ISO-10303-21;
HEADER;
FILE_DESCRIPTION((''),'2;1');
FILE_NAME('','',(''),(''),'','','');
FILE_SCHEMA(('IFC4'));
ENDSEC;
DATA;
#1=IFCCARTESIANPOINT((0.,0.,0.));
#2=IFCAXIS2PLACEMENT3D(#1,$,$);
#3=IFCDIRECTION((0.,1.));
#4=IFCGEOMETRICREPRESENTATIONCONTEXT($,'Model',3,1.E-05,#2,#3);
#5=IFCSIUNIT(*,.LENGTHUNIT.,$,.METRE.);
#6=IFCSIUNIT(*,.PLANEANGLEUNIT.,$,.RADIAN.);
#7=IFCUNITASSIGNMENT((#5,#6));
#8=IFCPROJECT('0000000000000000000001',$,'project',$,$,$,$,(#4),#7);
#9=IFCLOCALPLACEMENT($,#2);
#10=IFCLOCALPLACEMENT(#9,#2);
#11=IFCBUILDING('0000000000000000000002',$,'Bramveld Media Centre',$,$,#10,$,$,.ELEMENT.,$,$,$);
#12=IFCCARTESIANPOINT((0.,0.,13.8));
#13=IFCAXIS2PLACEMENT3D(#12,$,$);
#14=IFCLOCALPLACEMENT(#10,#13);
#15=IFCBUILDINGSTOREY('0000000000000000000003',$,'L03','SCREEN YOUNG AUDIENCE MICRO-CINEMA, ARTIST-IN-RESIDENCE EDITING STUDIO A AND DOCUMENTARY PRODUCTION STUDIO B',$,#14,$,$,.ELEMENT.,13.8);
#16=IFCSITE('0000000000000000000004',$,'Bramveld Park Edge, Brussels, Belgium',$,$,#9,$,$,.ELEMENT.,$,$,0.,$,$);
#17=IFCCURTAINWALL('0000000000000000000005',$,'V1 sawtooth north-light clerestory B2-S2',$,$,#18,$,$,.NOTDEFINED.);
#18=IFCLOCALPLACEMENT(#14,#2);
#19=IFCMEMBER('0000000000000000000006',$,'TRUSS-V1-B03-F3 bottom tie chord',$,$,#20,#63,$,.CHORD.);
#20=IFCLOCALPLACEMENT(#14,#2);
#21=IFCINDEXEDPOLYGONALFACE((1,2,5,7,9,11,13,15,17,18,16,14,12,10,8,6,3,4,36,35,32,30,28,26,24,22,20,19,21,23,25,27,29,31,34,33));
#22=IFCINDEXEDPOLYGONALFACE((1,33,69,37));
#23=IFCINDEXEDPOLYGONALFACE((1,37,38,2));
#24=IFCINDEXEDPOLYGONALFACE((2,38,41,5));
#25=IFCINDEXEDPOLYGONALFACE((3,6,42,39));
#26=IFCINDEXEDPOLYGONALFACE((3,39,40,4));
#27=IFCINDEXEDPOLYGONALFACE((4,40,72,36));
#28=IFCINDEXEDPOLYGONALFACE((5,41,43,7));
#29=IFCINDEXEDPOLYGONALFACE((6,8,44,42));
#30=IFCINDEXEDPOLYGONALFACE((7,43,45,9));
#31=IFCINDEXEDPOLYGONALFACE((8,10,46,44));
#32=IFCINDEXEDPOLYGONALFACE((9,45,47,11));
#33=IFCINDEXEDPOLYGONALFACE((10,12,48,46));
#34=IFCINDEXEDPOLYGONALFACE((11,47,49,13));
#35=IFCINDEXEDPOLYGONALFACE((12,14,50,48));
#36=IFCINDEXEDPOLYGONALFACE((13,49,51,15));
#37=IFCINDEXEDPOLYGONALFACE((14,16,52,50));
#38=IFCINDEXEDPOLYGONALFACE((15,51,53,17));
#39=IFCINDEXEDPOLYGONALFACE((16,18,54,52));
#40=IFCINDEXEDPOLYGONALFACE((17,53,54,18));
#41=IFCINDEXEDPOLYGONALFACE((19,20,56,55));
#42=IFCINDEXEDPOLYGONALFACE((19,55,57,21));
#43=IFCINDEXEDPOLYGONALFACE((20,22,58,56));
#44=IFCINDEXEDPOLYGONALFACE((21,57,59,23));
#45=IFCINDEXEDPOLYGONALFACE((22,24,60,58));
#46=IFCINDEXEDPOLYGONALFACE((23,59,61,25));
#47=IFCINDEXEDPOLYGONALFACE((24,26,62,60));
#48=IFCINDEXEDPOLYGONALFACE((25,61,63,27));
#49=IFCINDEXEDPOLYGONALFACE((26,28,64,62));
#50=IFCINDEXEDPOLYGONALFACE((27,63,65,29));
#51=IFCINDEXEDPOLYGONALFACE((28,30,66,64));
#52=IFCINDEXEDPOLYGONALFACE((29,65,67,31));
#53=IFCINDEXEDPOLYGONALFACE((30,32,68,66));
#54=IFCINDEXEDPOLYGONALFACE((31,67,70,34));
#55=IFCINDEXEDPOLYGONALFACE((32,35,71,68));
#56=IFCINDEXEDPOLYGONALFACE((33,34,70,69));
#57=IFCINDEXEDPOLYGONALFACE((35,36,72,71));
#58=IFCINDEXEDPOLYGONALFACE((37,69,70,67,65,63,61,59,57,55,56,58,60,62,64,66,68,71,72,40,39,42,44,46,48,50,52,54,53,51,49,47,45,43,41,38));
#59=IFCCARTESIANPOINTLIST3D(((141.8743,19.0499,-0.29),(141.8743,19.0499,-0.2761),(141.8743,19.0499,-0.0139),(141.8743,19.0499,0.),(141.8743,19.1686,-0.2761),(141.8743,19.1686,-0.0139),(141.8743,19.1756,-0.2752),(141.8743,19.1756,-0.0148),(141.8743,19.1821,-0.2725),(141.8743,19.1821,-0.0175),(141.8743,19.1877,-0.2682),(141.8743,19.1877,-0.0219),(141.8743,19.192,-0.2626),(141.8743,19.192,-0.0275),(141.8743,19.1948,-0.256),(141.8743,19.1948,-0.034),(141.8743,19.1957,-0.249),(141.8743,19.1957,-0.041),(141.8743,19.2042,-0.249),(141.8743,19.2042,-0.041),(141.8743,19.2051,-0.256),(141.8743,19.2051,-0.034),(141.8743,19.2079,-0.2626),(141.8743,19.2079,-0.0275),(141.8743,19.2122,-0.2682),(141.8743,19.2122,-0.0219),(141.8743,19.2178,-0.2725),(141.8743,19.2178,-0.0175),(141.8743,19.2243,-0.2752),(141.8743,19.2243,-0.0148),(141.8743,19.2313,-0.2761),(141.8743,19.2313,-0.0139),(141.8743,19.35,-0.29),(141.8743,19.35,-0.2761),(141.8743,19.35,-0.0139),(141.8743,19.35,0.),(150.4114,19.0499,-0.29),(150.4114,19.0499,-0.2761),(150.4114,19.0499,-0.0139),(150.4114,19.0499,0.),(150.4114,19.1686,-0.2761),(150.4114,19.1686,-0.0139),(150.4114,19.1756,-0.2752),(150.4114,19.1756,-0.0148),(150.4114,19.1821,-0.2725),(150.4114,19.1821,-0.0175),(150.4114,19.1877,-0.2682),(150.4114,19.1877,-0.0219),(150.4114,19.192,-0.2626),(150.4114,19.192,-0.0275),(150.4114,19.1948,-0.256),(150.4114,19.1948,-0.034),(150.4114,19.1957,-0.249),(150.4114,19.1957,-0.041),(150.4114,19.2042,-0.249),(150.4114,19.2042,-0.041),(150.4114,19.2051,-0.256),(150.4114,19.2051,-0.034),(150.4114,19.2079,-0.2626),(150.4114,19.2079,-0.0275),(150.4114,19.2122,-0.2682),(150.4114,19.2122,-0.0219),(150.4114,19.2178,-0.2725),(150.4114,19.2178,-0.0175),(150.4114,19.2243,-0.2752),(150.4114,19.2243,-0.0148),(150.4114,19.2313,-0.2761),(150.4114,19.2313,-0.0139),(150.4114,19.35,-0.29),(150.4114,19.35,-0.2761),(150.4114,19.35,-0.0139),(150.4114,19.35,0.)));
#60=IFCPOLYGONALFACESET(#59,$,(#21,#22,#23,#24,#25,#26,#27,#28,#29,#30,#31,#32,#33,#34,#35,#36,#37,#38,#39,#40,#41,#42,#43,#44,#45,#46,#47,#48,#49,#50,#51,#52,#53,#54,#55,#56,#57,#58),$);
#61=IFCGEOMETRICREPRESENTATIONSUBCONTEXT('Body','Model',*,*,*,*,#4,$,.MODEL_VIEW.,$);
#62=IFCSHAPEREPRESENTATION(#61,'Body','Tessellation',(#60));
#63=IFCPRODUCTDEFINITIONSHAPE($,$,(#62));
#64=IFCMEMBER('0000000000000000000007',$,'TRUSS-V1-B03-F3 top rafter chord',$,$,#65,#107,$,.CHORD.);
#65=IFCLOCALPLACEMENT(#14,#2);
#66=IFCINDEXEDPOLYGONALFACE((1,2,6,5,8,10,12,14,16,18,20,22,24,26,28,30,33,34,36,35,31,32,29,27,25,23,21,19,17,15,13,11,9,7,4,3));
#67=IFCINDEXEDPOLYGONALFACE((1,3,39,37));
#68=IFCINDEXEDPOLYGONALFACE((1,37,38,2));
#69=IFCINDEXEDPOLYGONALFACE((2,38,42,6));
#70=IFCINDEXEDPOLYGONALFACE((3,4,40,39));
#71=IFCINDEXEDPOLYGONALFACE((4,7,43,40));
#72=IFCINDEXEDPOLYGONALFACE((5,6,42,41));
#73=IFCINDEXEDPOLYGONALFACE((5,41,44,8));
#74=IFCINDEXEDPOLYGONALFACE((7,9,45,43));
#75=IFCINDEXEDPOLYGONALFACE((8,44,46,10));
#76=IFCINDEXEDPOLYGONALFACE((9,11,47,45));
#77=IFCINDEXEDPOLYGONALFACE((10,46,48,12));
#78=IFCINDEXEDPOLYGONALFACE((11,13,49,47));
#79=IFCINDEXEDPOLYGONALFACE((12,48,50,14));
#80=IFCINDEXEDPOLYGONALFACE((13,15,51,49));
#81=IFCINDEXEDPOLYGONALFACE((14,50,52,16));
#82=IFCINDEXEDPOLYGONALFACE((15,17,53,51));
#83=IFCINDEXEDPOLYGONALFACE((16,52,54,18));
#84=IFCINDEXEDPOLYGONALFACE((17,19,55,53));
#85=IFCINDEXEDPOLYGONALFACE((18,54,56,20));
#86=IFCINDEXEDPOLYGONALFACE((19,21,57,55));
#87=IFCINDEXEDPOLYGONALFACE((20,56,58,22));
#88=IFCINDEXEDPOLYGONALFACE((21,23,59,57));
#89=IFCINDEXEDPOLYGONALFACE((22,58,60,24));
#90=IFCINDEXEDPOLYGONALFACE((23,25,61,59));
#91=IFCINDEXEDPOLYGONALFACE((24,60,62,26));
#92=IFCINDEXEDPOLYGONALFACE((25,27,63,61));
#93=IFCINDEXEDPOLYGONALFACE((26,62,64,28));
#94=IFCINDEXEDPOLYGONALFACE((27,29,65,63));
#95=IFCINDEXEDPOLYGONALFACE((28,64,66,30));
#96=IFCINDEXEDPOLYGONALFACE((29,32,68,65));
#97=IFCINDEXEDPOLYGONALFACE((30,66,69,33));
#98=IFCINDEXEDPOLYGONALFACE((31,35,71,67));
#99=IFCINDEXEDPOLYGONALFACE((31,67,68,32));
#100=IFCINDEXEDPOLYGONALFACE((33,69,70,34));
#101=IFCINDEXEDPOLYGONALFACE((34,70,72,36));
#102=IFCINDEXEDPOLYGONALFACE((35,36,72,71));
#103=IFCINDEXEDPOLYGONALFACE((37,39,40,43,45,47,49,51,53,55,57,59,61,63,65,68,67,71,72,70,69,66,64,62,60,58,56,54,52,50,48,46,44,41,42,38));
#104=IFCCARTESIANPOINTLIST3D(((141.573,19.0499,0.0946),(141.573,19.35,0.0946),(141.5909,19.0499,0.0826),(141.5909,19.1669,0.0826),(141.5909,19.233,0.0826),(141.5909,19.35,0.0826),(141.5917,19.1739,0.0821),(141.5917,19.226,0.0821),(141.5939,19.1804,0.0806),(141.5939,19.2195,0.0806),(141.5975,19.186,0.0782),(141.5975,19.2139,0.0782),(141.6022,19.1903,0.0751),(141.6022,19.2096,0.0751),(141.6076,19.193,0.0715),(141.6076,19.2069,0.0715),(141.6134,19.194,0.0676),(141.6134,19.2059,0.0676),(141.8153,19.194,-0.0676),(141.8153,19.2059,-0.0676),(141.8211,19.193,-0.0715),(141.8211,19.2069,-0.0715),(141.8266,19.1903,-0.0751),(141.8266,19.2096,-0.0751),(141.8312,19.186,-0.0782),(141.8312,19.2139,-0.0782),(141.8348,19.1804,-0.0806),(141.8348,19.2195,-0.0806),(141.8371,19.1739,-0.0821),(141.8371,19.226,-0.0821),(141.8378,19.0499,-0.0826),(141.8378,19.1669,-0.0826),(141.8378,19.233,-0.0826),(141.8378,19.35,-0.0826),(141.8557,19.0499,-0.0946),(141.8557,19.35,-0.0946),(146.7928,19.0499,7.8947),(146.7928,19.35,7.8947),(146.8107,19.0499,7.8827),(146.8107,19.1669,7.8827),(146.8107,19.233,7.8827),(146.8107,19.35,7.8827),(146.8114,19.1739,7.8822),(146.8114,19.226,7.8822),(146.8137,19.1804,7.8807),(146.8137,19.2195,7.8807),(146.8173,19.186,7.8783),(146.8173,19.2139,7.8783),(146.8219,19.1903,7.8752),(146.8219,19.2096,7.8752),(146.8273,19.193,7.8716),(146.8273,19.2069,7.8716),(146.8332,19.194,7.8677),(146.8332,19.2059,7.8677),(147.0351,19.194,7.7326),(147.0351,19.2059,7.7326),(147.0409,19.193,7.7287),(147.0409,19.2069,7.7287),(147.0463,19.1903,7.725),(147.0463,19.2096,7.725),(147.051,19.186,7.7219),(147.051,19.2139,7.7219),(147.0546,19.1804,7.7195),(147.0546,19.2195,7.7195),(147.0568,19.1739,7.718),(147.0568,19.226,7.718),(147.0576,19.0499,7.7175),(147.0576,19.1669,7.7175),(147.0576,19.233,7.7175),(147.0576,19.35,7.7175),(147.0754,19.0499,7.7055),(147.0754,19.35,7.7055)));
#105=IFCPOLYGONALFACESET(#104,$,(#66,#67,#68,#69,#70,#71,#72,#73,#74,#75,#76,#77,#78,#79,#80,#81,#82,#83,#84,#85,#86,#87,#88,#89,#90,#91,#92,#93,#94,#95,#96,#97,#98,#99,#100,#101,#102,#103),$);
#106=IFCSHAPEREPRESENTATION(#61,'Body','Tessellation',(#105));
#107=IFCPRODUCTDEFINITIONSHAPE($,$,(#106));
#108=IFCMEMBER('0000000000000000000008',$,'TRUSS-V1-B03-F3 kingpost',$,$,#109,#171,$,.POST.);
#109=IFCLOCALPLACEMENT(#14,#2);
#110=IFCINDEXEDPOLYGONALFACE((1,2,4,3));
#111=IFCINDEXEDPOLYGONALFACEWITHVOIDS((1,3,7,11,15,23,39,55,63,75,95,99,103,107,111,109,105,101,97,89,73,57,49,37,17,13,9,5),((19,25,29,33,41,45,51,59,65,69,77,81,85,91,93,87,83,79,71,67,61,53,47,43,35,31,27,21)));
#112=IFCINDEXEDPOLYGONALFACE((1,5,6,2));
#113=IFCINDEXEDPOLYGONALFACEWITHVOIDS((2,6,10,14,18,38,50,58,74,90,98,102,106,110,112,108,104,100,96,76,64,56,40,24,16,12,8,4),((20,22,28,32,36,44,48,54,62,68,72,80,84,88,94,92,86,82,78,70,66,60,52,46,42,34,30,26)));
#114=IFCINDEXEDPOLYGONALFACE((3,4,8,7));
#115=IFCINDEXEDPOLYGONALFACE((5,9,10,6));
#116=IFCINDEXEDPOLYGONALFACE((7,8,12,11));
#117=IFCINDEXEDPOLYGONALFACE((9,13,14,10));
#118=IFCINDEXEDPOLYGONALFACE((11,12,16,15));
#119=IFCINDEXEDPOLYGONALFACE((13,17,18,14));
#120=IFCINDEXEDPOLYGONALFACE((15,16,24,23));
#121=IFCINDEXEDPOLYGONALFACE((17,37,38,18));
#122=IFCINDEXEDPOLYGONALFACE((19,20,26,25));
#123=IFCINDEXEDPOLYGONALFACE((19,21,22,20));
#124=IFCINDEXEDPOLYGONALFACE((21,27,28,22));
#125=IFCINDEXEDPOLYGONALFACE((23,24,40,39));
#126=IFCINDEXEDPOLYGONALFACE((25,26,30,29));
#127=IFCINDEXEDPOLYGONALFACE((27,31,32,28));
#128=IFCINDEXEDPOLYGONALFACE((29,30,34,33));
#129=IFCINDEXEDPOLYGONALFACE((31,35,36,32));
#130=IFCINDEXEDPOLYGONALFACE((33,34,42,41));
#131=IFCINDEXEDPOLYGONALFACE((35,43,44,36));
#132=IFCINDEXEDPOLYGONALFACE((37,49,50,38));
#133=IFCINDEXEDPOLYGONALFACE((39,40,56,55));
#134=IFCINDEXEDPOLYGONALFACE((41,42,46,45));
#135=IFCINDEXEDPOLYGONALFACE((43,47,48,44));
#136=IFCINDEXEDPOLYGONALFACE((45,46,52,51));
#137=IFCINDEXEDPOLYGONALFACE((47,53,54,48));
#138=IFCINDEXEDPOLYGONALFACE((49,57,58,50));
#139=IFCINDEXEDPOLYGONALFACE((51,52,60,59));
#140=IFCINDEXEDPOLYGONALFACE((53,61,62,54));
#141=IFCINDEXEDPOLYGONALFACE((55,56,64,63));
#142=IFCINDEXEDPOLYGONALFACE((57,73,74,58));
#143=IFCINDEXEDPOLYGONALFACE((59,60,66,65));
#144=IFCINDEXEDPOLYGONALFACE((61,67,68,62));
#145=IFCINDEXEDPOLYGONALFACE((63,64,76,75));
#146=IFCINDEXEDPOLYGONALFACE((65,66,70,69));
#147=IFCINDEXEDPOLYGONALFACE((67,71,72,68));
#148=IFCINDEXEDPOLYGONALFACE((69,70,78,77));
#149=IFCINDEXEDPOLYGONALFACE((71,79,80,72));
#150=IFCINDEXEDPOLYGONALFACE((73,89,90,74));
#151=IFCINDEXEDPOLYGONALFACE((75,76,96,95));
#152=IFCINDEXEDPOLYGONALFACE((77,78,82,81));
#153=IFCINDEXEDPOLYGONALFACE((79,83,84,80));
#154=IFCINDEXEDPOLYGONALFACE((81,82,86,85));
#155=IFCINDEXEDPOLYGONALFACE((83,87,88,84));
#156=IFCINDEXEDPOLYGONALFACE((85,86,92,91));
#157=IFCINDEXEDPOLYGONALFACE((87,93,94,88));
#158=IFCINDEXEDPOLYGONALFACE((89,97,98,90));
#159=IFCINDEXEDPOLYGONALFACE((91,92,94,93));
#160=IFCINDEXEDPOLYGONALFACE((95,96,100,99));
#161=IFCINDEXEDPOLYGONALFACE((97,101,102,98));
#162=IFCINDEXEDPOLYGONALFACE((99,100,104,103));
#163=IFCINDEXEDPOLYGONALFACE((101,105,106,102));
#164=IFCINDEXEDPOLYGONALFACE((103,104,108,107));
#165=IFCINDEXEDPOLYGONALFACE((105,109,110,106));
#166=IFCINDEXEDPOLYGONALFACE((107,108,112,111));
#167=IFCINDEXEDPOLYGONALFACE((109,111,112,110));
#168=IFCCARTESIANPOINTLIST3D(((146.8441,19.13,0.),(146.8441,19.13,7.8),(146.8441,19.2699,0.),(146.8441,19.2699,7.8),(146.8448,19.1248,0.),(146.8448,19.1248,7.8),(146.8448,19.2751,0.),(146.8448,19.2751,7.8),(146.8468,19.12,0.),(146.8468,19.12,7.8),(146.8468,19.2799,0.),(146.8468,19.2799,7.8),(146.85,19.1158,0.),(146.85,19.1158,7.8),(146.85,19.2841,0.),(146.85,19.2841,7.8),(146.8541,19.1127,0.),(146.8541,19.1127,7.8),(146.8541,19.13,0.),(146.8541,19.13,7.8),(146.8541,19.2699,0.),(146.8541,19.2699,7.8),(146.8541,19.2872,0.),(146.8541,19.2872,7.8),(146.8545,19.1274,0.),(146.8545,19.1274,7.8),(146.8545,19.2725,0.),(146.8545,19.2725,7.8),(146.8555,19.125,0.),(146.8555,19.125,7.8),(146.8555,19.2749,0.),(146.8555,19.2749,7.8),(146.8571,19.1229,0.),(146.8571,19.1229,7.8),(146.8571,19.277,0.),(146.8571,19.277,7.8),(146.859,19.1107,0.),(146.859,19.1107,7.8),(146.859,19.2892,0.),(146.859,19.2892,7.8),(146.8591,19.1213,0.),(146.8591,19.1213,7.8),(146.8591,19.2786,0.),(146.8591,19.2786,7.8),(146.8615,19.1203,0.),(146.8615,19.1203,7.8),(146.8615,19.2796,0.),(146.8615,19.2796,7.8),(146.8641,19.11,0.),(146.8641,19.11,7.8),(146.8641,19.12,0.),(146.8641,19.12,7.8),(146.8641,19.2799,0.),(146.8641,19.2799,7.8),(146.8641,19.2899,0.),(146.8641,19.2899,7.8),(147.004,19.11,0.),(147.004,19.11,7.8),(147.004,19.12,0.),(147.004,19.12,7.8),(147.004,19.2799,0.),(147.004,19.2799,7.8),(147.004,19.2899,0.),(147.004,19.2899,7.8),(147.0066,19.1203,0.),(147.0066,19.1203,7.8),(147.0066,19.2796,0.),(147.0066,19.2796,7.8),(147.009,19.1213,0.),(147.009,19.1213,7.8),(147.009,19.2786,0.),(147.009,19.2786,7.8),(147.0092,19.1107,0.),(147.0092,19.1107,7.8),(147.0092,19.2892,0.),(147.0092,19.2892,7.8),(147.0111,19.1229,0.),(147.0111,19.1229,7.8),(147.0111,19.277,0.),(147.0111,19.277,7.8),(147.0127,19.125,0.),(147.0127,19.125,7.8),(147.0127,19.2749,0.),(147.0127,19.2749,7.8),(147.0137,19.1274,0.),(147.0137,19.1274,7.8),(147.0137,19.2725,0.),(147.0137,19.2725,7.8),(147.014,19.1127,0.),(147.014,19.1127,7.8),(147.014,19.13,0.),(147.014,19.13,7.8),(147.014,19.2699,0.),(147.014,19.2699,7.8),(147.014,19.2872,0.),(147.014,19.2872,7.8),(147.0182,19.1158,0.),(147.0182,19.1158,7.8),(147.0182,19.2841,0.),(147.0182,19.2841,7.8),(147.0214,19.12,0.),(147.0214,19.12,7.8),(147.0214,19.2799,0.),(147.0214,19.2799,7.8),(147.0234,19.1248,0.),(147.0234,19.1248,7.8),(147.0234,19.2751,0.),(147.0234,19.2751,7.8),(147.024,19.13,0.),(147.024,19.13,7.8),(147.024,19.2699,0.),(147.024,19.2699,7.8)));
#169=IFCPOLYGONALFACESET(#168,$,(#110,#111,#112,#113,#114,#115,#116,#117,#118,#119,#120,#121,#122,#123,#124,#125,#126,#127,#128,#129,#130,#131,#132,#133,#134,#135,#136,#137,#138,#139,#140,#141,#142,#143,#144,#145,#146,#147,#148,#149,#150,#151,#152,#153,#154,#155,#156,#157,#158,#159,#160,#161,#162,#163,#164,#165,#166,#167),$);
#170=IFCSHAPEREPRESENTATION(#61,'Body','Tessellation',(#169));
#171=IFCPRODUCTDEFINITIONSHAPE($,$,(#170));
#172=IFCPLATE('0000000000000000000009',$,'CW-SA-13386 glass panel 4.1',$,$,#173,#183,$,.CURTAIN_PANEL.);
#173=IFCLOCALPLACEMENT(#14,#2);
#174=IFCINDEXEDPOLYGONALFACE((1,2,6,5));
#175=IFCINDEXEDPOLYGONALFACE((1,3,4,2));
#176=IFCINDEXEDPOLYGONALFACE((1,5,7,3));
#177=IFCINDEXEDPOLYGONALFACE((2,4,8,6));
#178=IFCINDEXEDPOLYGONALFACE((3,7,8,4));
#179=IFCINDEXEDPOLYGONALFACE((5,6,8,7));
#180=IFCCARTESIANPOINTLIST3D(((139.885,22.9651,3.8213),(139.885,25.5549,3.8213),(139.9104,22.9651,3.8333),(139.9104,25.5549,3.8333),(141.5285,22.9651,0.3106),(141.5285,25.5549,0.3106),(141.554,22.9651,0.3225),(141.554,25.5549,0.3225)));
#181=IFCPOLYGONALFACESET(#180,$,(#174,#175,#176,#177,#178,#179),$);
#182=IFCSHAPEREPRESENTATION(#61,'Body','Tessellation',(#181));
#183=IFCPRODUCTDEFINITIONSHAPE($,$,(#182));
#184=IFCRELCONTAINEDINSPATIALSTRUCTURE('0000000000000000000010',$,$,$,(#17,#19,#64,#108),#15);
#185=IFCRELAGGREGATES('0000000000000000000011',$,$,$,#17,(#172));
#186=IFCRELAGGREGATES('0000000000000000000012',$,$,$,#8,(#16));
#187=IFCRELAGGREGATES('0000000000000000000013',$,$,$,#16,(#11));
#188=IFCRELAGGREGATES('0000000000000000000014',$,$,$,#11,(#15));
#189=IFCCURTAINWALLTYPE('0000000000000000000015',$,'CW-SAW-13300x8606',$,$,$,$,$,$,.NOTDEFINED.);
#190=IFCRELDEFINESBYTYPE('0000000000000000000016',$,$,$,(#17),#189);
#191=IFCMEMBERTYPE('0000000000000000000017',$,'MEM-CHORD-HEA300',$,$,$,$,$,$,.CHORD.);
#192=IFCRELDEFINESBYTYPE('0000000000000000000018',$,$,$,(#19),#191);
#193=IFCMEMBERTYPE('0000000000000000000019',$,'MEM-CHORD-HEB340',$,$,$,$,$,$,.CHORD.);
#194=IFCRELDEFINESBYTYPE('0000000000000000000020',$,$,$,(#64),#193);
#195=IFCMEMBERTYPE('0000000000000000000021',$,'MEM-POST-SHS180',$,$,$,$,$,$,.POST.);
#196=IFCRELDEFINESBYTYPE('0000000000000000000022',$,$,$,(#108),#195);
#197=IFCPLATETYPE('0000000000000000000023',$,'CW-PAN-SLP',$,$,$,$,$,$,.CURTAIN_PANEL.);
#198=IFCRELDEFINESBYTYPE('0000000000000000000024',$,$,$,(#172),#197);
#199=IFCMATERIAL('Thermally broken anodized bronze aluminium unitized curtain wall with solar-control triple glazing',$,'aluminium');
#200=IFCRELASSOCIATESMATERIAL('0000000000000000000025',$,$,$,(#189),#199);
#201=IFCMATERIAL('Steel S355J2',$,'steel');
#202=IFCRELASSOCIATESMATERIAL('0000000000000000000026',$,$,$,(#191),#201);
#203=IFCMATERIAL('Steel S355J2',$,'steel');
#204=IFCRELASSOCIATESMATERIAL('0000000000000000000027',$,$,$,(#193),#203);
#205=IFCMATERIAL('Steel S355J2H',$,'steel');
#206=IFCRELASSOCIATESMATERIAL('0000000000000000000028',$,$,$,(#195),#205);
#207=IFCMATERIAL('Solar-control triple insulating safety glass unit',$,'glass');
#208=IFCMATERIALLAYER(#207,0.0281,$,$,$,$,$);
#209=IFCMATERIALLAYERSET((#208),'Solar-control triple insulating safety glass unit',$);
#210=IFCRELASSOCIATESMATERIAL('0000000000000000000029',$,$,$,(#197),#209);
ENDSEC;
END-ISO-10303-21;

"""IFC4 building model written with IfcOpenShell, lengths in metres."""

from ifc_helpers import new_model, si_unit, direction, frame, origin, origin_2d, place, context, subcontext, project, spatial, polyline, hollow_rectangle, i_section, outline, extrude, material, layer, layer_set, material_profile, profile_set, type_object, element, aggregate, save


model = new_model("IFC4")

# Units and contexts
model_context = context("Model", 3, precision=1e-05, world=origin(), true_north=direction((0.0, 1.0)))
body_context = subcontext(model_context, "Body", "Model", "MODEL_VIEW")
ifc_project = project(units=[si_unit("LENGTHUNIT", "METRE"), si_unit("PLANEANGLEUNIT", "RADIAN")], contexts=[model_context])

# Site, building, storey
site_placement = place(None, origin())
site = spatial("IfcSite", under=ifc_project, at=site_placement, Name="Bramveld Park Edge, Brussels, Belgium", CompositionType="ELEMENT", RefElevation=0.0)
building_placement = place(site_placement, origin())
building = spatial("IfcBuilding", under=site, at=building_placement, Name="Bramveld Media Centre", CompositionType="ELEMENT")
storey_placement = place(building_placement, frame((0.0, 0.0, 13.8)))
storey = spatial("IfcBuildingStorey", under=building, at=storey_placement, Name="L03", Description="SCREEN YOUNG AUDIENCE MICRO-CINEMA, ARTIST-IN-RESIDENCE EDITING STUDIO A AND DOCUMENTARY PRODUCTION STUDIO B", CompositionType="ELEMENT", Elevation=13.8)

# Curtain wall
ifc_material_1 = material(Name="Thermally broken anodized bronze aluminium unitized curtain wall with solar-control triple glazing", Category="aluminium")
curtain_wall_type = type_object("IfcCurtainWallType", Name="CW-SAW-13300x8606", PredefinedType="NOTDEFINED", material=ifc_material_1)
curtain_wall_1_placement = place(storey_placement, origin())
curtain_wall_1 = element("IfcCurtainWall", 1, at=curtain_wall_1_placement, inside=storey, type_object=curtain_wall_type, Name="V1 sawtooth north-light clerestory B2-S2", PredefinedType="NOTDEFINED")

# Members
ifc_material_2 = material(Name="Steel S355J2", Category="steel")
ifc_material_profile_1 = material_profile(ifc_material_2, i_section(OverallWidth=0.3, OverallDepth=0.29, WebThickness=0.0085, FlangeThickness=0.0139, FilletRadius=0.0271, at=origin_2d()), Name="HEA 300")
ifc_profile_set_1 = profile_set([ifc_material_profile_1], Name="Steel S355J2")
member_type_1 = type_object("IfcMemberType", Name="MEM-CHORD-HEA300", PredefinedType="CHORD", material=ifc_profile_set_1)
member_1_placement = place(storey_placement, frame((141.8743, 19.2, -0.145), z_axis=(1.0, 0.0, 0.0), x_axis=(0.0, 1.0, 0.0)))
element("IfcMember", 2, at=member_1_placement, inside=storey, type_object=member_type_1, Name="TRUSS-V1-B03-F3 bottom tie chord", PredefinedType="CHORD", context=body_context, shape_type="SweptSolid", body=[
    extrude(i_section(OverallWidth=0.3, OverallDepth=0.29, WebThickness=0.0085, FlangeThickness=0.0139, FilletRadius=0.0271, at=origin_2d()), origin(), (0.0, 0.0, 1.0), 8.5371),
])
ifc_material_3 = material(Name="Steel S355J2", Category="steel")
ifc_material_profile_2 = material_profile(ifc_material_3, i_section(OverallWidth=0.3, OverallDepth=0.3401, WebThickness=0.012, FlangeThickness=0.0215, FilletRadius=0.0271, at=origin_2d()), Name="HEB 340")
ifc_profile_set_2 = profile_set([ifc_material_profile_2], Name="Steel S355J2")
member_type_2 = type_object("IfcMemberType", Name="MEM-CHORD-HEB340", PredefinedType="CHORD", material=ifc_profile_set_2)
member_2_placement = place(storey_placement, frame((141.7144, 19.2, 0.0), z_axis=(0.556152, 0.0, 0.831081), x_axis=(0.0, 1.0, 0.0)))
element("IfcMember", 3, at=member_2_placement, inside=storey, type_object=member_type_2, Name="TRUSS-V1-B03-F3 top rafter chord", PredefinedType="CHORD", context=body_context, shape_type="SweptSolid", body=[
    extrude(i_section(OverallWidth=0.3, OverallDepth=0.3401, WebThickness=0.012, FlangeThickness=0.0215, FilletRadius=0.0271, at=origin_2d()), origin(), (0.0, 0.0, 1.0), 9.3855),
])
ifc_material_4 = material(Name="Steel S355J2H", Category="steel")
ifc_material_profile_3 = material_profile(ifc_material_4, hollow_rectangle(XDim=0.1799, YDim=0.1799, WallThickness=0.01, InnerFilletRadius=0.01, OuterFilletRadius=0.02, at=origin_2d()), Name="SHS 180x180x10")
ifc_profile_set_3 = profile_set([ifc_material_profile_3], Name="Steel S355J2H")
member_type_3 = type_object("IfcMemberType", Name="MEM-POST-SHS180", PredefinedType="POST", material=ifc_profile_set_3)
member_3_placement = place(storey_placement, frame((146.9341, 19.2, 0.0), z_axis=(0.0, 0.0, 1.0), x_axis=(1.0, 0.0, 0.0)))
element("IfcMember", 4, at=member_3_placement, inside=storey, type_object=member_type_3, Name="TRUSS-V1-B03-F3 kingpost", PredefinedType="POST", context=body_context, shape_type="SweptSolid", body=[
    extrude(hollow_rectangle(XDim=0.1799, YDim=0.1799, WallThickness=0.01, InnerFilletRadius=0.01, OuterFilletRadius=0.02, at=origin_2d()), origin(), (0.0, 0.0, 1.0), 7.8),
])

# Plate
ifc_material_5 = material(Name="Solar-control triple insulating safety glass unit", Category="glass")
ifc_layer_1 = layer(ifc_material_5, 0.0281)
ifc_layer_set_1 = layer_set([ifc_layer_1], Name="Solar-control triple insulating safety glass unit")
plate_type_1 = type_object("IfcPlateType", Name="CW-PAN-SLP", PredefinedType="CURTAIN_PANEL", material=ifc_layer_set_1)
plate_1_placement = place(storey_placement, frame((141.554, 22.9651, 0.3225), z_axis=(0.905668, 0.0, 0.423988), x_axis=(0.0, 1.0, 0.0)))
plate_1 = element("IfcPlate", 5, at=plate_1_placement, type_object=plate_type_1, Name="CW-SA-13386 glass panel 4.1", PredefinedType="CURTAIN_PANEL", context=body_context, shape_type="SweptSolid", body=[
    extrude(outline(polyline([(0.0, 0.0), (2.5898, 0.0), (2.5898, 3.8764), (0.0, 3.8764), (0.0, 0.0)])), origin(), (0.0, 0.0, -1.0), 0.0281),
])
aggregate(curtain_wall_1, [plate_1])

save(model, "model.ifc")
